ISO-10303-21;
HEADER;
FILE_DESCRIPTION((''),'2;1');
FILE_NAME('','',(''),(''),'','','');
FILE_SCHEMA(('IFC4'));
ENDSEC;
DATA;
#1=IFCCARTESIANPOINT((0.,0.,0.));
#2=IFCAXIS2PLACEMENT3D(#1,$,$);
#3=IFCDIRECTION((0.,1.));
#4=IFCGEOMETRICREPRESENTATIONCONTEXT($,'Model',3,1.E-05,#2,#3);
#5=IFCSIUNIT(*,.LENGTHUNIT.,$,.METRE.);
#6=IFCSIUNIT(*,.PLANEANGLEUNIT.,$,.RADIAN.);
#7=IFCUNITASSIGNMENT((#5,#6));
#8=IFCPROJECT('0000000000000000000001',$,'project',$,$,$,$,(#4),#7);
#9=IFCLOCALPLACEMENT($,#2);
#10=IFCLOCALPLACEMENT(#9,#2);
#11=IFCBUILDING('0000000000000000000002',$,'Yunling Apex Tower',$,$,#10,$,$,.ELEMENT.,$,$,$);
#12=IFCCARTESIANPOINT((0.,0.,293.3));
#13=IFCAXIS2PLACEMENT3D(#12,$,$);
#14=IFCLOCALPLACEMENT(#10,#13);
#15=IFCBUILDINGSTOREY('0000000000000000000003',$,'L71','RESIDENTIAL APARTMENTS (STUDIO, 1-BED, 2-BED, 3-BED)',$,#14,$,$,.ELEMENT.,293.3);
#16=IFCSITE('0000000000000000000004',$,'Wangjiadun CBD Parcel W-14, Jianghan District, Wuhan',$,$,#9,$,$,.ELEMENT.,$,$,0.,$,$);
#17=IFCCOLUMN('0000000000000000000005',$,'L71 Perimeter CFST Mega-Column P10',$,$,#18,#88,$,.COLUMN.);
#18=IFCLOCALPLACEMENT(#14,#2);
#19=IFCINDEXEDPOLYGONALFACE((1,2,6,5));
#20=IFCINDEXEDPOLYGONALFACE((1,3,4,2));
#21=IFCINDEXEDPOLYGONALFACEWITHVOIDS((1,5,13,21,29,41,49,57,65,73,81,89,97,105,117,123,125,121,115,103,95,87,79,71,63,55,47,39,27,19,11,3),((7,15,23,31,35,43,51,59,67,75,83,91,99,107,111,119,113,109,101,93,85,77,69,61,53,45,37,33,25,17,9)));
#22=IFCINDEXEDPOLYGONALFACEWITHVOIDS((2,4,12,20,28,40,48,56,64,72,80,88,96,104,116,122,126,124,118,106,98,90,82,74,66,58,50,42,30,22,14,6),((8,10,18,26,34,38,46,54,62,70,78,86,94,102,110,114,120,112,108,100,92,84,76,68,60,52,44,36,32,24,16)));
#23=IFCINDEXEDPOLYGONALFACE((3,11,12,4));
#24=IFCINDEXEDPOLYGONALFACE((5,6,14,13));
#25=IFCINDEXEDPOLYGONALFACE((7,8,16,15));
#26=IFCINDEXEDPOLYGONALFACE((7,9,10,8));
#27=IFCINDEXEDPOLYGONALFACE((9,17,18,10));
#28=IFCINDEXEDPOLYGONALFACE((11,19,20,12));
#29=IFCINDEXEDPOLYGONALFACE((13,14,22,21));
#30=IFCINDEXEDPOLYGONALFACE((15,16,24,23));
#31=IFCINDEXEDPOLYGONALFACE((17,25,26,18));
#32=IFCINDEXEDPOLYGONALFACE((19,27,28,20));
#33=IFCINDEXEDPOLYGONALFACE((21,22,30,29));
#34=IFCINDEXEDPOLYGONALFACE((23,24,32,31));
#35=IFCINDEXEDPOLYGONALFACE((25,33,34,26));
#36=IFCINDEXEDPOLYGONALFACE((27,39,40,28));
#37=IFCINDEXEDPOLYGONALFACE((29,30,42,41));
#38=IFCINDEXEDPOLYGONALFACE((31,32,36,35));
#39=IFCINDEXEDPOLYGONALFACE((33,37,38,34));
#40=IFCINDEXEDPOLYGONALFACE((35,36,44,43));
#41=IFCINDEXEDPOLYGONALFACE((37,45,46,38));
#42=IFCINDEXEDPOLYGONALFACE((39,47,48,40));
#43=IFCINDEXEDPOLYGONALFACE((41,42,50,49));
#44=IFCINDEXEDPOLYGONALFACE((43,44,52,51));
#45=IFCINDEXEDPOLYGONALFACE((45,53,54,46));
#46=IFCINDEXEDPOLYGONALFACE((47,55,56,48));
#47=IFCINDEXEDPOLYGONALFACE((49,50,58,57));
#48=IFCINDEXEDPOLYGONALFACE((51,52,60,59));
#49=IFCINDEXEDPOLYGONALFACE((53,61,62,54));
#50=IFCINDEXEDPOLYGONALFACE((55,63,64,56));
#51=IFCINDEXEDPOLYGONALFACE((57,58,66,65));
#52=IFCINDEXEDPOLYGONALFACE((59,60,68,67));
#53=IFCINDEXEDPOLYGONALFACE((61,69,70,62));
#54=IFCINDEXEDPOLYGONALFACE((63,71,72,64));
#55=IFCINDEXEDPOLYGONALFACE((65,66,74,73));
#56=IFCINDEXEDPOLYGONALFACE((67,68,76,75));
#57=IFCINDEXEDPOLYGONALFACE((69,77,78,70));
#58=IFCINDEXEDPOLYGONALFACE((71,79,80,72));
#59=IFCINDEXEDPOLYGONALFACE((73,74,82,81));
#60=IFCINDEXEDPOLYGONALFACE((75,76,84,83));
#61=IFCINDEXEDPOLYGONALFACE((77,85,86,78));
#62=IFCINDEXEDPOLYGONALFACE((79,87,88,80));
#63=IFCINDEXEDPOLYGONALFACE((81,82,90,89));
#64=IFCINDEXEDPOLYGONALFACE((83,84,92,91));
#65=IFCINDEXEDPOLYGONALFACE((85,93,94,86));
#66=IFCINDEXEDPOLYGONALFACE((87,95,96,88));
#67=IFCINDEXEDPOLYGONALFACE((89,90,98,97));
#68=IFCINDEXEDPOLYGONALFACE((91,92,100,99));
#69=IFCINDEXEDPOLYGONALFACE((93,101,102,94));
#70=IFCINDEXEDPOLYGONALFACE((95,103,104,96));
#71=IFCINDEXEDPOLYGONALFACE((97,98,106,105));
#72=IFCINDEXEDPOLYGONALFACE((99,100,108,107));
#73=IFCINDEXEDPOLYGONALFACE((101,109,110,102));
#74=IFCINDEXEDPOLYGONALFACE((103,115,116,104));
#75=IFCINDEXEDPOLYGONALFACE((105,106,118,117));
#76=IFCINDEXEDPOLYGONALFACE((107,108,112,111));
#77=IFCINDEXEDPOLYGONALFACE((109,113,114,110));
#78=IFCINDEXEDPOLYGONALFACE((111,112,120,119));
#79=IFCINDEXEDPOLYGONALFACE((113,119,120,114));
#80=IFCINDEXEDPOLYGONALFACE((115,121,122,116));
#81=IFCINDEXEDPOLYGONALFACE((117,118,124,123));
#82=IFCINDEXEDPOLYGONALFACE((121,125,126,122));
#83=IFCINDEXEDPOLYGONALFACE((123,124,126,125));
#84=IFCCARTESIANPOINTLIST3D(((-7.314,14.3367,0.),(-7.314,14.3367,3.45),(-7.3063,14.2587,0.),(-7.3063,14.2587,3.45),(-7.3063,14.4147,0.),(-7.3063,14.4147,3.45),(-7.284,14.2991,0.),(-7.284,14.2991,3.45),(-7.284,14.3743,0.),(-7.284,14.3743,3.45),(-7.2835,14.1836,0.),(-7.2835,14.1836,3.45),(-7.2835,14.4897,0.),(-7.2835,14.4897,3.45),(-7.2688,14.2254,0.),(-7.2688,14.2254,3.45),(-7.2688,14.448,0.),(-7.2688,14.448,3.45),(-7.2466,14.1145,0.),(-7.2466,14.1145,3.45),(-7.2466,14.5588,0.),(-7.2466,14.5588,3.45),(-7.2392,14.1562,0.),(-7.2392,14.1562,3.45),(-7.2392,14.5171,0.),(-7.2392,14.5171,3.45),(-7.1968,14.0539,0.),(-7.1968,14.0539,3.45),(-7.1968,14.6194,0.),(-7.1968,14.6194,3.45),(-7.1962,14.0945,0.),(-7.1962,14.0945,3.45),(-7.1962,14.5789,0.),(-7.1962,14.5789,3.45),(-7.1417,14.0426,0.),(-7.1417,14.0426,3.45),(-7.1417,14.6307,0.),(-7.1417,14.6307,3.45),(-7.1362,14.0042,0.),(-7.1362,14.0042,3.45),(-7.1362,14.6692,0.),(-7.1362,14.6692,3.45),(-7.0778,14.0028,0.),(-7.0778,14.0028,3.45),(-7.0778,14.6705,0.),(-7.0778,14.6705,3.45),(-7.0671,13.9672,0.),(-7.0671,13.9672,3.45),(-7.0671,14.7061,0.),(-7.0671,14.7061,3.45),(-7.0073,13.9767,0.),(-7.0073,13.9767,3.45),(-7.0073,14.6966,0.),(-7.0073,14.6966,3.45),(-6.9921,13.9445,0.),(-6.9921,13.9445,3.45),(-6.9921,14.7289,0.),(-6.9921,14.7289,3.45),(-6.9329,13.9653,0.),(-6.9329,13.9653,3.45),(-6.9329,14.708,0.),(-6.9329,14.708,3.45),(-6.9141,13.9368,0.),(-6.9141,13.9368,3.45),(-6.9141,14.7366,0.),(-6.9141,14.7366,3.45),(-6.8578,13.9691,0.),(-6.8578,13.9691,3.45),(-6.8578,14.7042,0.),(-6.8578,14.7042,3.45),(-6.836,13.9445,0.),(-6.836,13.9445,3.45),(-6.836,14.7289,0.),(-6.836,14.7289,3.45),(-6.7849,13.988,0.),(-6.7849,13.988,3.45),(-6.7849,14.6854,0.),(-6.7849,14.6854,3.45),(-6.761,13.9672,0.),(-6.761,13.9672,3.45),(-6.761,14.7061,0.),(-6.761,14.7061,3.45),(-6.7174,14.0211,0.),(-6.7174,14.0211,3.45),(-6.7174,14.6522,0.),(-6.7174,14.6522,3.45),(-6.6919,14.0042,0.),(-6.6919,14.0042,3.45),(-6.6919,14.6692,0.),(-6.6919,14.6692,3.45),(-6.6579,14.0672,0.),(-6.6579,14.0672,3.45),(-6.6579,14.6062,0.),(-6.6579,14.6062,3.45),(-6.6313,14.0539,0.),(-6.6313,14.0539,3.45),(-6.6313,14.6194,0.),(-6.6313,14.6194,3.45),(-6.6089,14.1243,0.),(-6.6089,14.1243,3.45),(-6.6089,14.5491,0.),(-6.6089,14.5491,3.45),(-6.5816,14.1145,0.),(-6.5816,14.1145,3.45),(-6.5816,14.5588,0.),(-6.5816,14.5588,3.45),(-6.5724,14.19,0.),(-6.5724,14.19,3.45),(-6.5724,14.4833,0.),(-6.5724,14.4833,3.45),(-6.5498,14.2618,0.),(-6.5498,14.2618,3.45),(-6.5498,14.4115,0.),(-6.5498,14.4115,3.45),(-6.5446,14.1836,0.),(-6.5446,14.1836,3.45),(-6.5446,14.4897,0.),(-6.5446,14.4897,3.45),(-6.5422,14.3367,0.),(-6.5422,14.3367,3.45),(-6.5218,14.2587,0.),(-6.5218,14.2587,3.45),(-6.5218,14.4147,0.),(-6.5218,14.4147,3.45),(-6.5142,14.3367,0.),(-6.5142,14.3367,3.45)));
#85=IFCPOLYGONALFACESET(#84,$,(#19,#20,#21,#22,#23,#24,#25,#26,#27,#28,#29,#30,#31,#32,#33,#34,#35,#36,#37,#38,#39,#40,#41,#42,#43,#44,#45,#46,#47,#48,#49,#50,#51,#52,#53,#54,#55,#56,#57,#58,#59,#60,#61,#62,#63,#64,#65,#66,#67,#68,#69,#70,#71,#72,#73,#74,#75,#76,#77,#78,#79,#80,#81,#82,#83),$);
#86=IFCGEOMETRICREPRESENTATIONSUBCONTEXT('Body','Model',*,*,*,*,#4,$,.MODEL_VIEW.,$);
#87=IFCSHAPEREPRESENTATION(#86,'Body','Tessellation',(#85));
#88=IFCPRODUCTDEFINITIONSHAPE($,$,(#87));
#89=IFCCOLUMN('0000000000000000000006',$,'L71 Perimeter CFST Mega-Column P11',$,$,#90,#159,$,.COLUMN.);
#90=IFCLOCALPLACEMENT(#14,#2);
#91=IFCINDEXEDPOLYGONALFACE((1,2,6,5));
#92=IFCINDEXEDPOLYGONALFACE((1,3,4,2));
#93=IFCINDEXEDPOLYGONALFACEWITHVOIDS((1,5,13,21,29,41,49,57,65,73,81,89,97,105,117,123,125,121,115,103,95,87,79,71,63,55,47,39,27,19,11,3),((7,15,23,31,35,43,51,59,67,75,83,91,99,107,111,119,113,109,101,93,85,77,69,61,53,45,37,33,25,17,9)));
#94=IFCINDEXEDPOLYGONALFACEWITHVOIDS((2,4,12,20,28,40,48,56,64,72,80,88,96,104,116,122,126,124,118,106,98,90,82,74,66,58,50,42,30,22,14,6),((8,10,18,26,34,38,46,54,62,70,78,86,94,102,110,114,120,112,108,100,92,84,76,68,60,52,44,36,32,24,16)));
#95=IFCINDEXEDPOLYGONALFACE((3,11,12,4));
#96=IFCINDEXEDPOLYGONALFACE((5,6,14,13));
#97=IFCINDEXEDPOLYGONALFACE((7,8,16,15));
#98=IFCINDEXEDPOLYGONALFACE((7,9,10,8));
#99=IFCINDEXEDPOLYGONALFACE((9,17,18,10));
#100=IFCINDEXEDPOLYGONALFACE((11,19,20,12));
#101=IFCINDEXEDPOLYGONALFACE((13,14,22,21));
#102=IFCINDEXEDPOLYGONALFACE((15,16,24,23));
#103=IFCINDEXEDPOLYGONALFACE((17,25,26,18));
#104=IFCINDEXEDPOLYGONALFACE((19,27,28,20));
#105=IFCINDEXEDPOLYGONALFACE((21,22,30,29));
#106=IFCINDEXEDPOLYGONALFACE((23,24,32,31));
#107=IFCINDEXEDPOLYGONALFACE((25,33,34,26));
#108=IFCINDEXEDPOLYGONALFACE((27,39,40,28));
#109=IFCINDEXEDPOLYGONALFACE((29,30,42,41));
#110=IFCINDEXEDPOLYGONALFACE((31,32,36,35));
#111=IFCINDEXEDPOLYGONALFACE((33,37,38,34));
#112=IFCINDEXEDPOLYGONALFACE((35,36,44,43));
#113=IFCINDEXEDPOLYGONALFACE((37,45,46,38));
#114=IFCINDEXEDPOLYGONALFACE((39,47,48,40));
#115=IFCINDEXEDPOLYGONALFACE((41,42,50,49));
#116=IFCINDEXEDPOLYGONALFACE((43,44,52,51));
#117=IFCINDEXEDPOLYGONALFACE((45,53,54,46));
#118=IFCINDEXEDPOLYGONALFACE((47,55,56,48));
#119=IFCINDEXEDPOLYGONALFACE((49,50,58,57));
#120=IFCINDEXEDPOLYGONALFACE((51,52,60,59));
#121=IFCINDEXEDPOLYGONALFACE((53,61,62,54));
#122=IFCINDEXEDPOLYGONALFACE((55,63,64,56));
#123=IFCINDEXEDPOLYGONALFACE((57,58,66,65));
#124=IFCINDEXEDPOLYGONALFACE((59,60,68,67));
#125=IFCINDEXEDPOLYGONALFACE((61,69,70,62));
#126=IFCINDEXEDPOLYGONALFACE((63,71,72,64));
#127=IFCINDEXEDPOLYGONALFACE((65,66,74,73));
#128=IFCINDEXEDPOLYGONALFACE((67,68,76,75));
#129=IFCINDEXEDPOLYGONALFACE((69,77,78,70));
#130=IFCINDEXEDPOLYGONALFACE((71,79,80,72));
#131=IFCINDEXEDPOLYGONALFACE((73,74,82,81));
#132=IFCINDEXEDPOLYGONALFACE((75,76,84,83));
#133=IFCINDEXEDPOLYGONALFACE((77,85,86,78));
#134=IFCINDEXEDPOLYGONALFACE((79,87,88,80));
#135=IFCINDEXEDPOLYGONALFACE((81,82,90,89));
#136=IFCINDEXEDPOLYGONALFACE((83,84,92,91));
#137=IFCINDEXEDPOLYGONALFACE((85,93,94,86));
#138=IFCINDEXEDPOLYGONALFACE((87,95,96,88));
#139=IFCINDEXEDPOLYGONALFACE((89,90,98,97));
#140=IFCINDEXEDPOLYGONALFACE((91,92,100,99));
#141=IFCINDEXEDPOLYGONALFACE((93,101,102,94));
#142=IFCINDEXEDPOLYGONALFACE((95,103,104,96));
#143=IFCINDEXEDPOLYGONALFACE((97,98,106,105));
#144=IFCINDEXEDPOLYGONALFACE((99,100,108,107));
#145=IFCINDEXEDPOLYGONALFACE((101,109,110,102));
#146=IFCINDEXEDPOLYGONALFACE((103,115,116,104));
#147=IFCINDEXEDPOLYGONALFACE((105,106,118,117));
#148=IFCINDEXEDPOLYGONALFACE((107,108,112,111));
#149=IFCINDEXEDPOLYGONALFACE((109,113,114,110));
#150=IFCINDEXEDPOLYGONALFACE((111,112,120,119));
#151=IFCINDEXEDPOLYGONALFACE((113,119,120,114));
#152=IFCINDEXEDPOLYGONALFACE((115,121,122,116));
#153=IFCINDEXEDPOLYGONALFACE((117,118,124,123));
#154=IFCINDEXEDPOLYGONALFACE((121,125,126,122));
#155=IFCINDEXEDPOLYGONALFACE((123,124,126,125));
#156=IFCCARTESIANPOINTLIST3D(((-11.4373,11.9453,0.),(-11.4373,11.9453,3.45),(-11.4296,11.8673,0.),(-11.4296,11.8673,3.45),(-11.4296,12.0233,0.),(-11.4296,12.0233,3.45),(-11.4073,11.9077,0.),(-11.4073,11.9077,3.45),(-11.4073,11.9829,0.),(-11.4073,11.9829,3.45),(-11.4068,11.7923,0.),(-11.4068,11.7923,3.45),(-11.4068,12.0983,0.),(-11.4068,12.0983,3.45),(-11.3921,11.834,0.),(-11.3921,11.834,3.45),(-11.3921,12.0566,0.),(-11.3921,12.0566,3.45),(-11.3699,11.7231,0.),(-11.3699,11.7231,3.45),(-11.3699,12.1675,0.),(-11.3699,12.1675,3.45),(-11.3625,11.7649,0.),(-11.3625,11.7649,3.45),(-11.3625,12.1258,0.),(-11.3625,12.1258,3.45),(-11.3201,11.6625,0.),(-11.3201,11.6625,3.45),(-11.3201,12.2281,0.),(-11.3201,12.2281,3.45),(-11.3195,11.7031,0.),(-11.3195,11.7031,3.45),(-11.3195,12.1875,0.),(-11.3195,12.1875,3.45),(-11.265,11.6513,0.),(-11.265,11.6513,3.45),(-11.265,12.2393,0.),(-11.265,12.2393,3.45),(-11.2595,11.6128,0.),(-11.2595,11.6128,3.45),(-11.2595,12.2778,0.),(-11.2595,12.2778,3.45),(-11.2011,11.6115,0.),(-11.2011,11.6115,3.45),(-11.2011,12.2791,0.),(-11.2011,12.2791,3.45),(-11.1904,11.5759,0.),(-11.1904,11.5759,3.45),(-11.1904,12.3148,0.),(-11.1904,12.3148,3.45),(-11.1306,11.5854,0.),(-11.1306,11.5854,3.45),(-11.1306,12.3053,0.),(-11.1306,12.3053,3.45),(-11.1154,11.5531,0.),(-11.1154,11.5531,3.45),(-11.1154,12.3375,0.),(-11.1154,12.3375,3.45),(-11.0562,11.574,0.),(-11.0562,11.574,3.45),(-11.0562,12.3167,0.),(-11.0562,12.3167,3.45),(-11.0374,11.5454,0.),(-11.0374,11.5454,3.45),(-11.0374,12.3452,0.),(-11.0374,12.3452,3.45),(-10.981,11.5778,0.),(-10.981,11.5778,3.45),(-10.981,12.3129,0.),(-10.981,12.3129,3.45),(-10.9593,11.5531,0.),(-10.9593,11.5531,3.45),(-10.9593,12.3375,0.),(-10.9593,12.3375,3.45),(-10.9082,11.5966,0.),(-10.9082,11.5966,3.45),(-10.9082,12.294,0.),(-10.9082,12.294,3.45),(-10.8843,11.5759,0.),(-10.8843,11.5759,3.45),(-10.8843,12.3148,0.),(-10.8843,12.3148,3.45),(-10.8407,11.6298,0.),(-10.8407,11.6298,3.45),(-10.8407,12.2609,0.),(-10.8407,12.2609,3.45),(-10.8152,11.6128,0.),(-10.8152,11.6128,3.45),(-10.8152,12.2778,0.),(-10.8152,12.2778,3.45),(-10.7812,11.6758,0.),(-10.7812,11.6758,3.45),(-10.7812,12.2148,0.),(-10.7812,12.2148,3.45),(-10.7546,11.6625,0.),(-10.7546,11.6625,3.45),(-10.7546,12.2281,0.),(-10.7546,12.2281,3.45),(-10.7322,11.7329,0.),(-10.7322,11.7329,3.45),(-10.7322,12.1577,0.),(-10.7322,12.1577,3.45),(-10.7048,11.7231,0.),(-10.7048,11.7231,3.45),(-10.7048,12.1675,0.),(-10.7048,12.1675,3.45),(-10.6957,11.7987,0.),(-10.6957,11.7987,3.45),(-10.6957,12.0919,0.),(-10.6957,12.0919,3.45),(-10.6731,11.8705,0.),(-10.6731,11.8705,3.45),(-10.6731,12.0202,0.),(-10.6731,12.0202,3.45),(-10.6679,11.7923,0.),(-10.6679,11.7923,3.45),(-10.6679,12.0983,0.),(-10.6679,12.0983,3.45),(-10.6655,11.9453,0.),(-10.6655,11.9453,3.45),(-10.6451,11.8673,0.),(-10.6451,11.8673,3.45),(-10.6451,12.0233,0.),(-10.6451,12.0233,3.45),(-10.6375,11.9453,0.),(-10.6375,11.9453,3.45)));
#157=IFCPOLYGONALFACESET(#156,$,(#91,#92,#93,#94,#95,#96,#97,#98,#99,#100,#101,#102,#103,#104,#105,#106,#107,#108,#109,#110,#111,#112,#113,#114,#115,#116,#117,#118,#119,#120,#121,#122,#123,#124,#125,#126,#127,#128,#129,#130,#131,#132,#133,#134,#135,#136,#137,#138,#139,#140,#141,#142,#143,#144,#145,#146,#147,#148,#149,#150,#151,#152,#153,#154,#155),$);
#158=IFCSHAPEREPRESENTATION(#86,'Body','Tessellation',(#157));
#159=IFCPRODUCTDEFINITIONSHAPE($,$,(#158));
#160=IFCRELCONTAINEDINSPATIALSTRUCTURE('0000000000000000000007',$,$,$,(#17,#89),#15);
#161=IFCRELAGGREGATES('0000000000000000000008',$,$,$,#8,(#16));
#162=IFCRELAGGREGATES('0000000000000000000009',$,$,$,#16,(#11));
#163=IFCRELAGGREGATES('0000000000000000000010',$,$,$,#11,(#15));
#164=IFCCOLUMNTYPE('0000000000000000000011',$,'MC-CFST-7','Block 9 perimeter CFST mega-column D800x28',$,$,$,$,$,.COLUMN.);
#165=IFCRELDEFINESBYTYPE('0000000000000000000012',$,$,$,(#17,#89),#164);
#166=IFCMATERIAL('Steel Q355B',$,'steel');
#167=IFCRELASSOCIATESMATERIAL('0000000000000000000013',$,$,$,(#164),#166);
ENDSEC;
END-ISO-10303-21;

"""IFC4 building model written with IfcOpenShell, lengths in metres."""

from ifc_helpers import new_model, si_unit, direction, frame, origin, origin_2d, place, context, subcontext, project, spatial, hollow_circle, extrude, source, transform, mapped, material, material_profile, profile_set, type_object, element, save


model = new_model("IFC4")

# Units and contexts
model_context = context("Model", 3, precision=1e-05, world=origin(), true_north=direction((0.0, 1.0)))
body_context = subcontext(model_context, "Body", "Model", "MODEL_VIEW")
ifc_project = project(units=[si_unit("LENGTHUNIT", "METRE"), si_unit("PLANEANGLEUNIT", "RADIAN")], contexts=[model_context])

# Site, building, storey
site_placement = place(None, origin())
site = spatial("IfcSite", under=ifc_project, at=site_placement, Name="Wangjiadun CBD Parcel W-14, Jianghan District, Wuhan", CompositionType="ELEMENT", RefElevation=0.0)
building_placement = place(site_placement, origin())
building = spatial("IfcBuilding", under=site, at=building_placement, Name="Yunling Apex Tower", CompositionType="ELEMENT")
storey_placement = place(building_placement, frame((0.0, 0.0, 293.3)))
storey = spatial("IfcBuildingStorey", under=building, at=storey_placement, Name="L71", Description="RESIDENTIAL APARTMENTS (STUDIO, 1-BED, 2-BED, 3-BED)", CompositionType="ELEMENT", Elevation=293.3)

# Columns
ifc_material_1 = material(Name="Steel Q355B", Category="steel")
ifc_material_profile_1 = material_profile(ifc_material_1, hollow_circle(Radius=0.3999, WallThickness=0.0281, at=origin_2d()))
ifc_profile_set_1 = profile_set([ifc_material_profile_1], Name="Steel Q355B")
column_type = type_object("IfcColumnType", Name="MC-CFST-7", Description="Block 9 perimeter CFST mega-column D800x28", PredefinedType="COLUMN", material=ifc_profile_set_1)
shared_shape_1 = source(origin(), body_context, "Body", "SweptSolid", [
    extrude(hollow_circle(Radius=0.3999, WallThickness=0.0281, at=origin_2d()), origin(), (0.0, 0.0, 1.0), 3.45),
])
for number, where, z_axis, x_axis, name in (
    (1, (-6.9141, 14.3367, 0.0), (0.0, 0.0, 1.0), (1.0, 0.0, 0.0), "L71 Perimeter CFST Mega-Column P10"),
    (2, (-11.0374, 11.9453, 0.0), (0.0, 0.0, 1.0), (1.0, 0.0, 0.0), "L71 Perimeter CFST Mega-Column P11"),
):
    element("IfcColumn", number, at=place(storey_placement, frame(where, z_axis=z_axis, x_axis=x_axis)), inside=storey, type_object=column_type, Name=name, PredefinedType="COLUMN", context=body_context, shape_type="MappedRepresentation", body=[
        mapped(shared_shape_1, transform((0.0, 0.0, 0.0), scale=1.0)),
    ])

save(model, "model.ifc")
